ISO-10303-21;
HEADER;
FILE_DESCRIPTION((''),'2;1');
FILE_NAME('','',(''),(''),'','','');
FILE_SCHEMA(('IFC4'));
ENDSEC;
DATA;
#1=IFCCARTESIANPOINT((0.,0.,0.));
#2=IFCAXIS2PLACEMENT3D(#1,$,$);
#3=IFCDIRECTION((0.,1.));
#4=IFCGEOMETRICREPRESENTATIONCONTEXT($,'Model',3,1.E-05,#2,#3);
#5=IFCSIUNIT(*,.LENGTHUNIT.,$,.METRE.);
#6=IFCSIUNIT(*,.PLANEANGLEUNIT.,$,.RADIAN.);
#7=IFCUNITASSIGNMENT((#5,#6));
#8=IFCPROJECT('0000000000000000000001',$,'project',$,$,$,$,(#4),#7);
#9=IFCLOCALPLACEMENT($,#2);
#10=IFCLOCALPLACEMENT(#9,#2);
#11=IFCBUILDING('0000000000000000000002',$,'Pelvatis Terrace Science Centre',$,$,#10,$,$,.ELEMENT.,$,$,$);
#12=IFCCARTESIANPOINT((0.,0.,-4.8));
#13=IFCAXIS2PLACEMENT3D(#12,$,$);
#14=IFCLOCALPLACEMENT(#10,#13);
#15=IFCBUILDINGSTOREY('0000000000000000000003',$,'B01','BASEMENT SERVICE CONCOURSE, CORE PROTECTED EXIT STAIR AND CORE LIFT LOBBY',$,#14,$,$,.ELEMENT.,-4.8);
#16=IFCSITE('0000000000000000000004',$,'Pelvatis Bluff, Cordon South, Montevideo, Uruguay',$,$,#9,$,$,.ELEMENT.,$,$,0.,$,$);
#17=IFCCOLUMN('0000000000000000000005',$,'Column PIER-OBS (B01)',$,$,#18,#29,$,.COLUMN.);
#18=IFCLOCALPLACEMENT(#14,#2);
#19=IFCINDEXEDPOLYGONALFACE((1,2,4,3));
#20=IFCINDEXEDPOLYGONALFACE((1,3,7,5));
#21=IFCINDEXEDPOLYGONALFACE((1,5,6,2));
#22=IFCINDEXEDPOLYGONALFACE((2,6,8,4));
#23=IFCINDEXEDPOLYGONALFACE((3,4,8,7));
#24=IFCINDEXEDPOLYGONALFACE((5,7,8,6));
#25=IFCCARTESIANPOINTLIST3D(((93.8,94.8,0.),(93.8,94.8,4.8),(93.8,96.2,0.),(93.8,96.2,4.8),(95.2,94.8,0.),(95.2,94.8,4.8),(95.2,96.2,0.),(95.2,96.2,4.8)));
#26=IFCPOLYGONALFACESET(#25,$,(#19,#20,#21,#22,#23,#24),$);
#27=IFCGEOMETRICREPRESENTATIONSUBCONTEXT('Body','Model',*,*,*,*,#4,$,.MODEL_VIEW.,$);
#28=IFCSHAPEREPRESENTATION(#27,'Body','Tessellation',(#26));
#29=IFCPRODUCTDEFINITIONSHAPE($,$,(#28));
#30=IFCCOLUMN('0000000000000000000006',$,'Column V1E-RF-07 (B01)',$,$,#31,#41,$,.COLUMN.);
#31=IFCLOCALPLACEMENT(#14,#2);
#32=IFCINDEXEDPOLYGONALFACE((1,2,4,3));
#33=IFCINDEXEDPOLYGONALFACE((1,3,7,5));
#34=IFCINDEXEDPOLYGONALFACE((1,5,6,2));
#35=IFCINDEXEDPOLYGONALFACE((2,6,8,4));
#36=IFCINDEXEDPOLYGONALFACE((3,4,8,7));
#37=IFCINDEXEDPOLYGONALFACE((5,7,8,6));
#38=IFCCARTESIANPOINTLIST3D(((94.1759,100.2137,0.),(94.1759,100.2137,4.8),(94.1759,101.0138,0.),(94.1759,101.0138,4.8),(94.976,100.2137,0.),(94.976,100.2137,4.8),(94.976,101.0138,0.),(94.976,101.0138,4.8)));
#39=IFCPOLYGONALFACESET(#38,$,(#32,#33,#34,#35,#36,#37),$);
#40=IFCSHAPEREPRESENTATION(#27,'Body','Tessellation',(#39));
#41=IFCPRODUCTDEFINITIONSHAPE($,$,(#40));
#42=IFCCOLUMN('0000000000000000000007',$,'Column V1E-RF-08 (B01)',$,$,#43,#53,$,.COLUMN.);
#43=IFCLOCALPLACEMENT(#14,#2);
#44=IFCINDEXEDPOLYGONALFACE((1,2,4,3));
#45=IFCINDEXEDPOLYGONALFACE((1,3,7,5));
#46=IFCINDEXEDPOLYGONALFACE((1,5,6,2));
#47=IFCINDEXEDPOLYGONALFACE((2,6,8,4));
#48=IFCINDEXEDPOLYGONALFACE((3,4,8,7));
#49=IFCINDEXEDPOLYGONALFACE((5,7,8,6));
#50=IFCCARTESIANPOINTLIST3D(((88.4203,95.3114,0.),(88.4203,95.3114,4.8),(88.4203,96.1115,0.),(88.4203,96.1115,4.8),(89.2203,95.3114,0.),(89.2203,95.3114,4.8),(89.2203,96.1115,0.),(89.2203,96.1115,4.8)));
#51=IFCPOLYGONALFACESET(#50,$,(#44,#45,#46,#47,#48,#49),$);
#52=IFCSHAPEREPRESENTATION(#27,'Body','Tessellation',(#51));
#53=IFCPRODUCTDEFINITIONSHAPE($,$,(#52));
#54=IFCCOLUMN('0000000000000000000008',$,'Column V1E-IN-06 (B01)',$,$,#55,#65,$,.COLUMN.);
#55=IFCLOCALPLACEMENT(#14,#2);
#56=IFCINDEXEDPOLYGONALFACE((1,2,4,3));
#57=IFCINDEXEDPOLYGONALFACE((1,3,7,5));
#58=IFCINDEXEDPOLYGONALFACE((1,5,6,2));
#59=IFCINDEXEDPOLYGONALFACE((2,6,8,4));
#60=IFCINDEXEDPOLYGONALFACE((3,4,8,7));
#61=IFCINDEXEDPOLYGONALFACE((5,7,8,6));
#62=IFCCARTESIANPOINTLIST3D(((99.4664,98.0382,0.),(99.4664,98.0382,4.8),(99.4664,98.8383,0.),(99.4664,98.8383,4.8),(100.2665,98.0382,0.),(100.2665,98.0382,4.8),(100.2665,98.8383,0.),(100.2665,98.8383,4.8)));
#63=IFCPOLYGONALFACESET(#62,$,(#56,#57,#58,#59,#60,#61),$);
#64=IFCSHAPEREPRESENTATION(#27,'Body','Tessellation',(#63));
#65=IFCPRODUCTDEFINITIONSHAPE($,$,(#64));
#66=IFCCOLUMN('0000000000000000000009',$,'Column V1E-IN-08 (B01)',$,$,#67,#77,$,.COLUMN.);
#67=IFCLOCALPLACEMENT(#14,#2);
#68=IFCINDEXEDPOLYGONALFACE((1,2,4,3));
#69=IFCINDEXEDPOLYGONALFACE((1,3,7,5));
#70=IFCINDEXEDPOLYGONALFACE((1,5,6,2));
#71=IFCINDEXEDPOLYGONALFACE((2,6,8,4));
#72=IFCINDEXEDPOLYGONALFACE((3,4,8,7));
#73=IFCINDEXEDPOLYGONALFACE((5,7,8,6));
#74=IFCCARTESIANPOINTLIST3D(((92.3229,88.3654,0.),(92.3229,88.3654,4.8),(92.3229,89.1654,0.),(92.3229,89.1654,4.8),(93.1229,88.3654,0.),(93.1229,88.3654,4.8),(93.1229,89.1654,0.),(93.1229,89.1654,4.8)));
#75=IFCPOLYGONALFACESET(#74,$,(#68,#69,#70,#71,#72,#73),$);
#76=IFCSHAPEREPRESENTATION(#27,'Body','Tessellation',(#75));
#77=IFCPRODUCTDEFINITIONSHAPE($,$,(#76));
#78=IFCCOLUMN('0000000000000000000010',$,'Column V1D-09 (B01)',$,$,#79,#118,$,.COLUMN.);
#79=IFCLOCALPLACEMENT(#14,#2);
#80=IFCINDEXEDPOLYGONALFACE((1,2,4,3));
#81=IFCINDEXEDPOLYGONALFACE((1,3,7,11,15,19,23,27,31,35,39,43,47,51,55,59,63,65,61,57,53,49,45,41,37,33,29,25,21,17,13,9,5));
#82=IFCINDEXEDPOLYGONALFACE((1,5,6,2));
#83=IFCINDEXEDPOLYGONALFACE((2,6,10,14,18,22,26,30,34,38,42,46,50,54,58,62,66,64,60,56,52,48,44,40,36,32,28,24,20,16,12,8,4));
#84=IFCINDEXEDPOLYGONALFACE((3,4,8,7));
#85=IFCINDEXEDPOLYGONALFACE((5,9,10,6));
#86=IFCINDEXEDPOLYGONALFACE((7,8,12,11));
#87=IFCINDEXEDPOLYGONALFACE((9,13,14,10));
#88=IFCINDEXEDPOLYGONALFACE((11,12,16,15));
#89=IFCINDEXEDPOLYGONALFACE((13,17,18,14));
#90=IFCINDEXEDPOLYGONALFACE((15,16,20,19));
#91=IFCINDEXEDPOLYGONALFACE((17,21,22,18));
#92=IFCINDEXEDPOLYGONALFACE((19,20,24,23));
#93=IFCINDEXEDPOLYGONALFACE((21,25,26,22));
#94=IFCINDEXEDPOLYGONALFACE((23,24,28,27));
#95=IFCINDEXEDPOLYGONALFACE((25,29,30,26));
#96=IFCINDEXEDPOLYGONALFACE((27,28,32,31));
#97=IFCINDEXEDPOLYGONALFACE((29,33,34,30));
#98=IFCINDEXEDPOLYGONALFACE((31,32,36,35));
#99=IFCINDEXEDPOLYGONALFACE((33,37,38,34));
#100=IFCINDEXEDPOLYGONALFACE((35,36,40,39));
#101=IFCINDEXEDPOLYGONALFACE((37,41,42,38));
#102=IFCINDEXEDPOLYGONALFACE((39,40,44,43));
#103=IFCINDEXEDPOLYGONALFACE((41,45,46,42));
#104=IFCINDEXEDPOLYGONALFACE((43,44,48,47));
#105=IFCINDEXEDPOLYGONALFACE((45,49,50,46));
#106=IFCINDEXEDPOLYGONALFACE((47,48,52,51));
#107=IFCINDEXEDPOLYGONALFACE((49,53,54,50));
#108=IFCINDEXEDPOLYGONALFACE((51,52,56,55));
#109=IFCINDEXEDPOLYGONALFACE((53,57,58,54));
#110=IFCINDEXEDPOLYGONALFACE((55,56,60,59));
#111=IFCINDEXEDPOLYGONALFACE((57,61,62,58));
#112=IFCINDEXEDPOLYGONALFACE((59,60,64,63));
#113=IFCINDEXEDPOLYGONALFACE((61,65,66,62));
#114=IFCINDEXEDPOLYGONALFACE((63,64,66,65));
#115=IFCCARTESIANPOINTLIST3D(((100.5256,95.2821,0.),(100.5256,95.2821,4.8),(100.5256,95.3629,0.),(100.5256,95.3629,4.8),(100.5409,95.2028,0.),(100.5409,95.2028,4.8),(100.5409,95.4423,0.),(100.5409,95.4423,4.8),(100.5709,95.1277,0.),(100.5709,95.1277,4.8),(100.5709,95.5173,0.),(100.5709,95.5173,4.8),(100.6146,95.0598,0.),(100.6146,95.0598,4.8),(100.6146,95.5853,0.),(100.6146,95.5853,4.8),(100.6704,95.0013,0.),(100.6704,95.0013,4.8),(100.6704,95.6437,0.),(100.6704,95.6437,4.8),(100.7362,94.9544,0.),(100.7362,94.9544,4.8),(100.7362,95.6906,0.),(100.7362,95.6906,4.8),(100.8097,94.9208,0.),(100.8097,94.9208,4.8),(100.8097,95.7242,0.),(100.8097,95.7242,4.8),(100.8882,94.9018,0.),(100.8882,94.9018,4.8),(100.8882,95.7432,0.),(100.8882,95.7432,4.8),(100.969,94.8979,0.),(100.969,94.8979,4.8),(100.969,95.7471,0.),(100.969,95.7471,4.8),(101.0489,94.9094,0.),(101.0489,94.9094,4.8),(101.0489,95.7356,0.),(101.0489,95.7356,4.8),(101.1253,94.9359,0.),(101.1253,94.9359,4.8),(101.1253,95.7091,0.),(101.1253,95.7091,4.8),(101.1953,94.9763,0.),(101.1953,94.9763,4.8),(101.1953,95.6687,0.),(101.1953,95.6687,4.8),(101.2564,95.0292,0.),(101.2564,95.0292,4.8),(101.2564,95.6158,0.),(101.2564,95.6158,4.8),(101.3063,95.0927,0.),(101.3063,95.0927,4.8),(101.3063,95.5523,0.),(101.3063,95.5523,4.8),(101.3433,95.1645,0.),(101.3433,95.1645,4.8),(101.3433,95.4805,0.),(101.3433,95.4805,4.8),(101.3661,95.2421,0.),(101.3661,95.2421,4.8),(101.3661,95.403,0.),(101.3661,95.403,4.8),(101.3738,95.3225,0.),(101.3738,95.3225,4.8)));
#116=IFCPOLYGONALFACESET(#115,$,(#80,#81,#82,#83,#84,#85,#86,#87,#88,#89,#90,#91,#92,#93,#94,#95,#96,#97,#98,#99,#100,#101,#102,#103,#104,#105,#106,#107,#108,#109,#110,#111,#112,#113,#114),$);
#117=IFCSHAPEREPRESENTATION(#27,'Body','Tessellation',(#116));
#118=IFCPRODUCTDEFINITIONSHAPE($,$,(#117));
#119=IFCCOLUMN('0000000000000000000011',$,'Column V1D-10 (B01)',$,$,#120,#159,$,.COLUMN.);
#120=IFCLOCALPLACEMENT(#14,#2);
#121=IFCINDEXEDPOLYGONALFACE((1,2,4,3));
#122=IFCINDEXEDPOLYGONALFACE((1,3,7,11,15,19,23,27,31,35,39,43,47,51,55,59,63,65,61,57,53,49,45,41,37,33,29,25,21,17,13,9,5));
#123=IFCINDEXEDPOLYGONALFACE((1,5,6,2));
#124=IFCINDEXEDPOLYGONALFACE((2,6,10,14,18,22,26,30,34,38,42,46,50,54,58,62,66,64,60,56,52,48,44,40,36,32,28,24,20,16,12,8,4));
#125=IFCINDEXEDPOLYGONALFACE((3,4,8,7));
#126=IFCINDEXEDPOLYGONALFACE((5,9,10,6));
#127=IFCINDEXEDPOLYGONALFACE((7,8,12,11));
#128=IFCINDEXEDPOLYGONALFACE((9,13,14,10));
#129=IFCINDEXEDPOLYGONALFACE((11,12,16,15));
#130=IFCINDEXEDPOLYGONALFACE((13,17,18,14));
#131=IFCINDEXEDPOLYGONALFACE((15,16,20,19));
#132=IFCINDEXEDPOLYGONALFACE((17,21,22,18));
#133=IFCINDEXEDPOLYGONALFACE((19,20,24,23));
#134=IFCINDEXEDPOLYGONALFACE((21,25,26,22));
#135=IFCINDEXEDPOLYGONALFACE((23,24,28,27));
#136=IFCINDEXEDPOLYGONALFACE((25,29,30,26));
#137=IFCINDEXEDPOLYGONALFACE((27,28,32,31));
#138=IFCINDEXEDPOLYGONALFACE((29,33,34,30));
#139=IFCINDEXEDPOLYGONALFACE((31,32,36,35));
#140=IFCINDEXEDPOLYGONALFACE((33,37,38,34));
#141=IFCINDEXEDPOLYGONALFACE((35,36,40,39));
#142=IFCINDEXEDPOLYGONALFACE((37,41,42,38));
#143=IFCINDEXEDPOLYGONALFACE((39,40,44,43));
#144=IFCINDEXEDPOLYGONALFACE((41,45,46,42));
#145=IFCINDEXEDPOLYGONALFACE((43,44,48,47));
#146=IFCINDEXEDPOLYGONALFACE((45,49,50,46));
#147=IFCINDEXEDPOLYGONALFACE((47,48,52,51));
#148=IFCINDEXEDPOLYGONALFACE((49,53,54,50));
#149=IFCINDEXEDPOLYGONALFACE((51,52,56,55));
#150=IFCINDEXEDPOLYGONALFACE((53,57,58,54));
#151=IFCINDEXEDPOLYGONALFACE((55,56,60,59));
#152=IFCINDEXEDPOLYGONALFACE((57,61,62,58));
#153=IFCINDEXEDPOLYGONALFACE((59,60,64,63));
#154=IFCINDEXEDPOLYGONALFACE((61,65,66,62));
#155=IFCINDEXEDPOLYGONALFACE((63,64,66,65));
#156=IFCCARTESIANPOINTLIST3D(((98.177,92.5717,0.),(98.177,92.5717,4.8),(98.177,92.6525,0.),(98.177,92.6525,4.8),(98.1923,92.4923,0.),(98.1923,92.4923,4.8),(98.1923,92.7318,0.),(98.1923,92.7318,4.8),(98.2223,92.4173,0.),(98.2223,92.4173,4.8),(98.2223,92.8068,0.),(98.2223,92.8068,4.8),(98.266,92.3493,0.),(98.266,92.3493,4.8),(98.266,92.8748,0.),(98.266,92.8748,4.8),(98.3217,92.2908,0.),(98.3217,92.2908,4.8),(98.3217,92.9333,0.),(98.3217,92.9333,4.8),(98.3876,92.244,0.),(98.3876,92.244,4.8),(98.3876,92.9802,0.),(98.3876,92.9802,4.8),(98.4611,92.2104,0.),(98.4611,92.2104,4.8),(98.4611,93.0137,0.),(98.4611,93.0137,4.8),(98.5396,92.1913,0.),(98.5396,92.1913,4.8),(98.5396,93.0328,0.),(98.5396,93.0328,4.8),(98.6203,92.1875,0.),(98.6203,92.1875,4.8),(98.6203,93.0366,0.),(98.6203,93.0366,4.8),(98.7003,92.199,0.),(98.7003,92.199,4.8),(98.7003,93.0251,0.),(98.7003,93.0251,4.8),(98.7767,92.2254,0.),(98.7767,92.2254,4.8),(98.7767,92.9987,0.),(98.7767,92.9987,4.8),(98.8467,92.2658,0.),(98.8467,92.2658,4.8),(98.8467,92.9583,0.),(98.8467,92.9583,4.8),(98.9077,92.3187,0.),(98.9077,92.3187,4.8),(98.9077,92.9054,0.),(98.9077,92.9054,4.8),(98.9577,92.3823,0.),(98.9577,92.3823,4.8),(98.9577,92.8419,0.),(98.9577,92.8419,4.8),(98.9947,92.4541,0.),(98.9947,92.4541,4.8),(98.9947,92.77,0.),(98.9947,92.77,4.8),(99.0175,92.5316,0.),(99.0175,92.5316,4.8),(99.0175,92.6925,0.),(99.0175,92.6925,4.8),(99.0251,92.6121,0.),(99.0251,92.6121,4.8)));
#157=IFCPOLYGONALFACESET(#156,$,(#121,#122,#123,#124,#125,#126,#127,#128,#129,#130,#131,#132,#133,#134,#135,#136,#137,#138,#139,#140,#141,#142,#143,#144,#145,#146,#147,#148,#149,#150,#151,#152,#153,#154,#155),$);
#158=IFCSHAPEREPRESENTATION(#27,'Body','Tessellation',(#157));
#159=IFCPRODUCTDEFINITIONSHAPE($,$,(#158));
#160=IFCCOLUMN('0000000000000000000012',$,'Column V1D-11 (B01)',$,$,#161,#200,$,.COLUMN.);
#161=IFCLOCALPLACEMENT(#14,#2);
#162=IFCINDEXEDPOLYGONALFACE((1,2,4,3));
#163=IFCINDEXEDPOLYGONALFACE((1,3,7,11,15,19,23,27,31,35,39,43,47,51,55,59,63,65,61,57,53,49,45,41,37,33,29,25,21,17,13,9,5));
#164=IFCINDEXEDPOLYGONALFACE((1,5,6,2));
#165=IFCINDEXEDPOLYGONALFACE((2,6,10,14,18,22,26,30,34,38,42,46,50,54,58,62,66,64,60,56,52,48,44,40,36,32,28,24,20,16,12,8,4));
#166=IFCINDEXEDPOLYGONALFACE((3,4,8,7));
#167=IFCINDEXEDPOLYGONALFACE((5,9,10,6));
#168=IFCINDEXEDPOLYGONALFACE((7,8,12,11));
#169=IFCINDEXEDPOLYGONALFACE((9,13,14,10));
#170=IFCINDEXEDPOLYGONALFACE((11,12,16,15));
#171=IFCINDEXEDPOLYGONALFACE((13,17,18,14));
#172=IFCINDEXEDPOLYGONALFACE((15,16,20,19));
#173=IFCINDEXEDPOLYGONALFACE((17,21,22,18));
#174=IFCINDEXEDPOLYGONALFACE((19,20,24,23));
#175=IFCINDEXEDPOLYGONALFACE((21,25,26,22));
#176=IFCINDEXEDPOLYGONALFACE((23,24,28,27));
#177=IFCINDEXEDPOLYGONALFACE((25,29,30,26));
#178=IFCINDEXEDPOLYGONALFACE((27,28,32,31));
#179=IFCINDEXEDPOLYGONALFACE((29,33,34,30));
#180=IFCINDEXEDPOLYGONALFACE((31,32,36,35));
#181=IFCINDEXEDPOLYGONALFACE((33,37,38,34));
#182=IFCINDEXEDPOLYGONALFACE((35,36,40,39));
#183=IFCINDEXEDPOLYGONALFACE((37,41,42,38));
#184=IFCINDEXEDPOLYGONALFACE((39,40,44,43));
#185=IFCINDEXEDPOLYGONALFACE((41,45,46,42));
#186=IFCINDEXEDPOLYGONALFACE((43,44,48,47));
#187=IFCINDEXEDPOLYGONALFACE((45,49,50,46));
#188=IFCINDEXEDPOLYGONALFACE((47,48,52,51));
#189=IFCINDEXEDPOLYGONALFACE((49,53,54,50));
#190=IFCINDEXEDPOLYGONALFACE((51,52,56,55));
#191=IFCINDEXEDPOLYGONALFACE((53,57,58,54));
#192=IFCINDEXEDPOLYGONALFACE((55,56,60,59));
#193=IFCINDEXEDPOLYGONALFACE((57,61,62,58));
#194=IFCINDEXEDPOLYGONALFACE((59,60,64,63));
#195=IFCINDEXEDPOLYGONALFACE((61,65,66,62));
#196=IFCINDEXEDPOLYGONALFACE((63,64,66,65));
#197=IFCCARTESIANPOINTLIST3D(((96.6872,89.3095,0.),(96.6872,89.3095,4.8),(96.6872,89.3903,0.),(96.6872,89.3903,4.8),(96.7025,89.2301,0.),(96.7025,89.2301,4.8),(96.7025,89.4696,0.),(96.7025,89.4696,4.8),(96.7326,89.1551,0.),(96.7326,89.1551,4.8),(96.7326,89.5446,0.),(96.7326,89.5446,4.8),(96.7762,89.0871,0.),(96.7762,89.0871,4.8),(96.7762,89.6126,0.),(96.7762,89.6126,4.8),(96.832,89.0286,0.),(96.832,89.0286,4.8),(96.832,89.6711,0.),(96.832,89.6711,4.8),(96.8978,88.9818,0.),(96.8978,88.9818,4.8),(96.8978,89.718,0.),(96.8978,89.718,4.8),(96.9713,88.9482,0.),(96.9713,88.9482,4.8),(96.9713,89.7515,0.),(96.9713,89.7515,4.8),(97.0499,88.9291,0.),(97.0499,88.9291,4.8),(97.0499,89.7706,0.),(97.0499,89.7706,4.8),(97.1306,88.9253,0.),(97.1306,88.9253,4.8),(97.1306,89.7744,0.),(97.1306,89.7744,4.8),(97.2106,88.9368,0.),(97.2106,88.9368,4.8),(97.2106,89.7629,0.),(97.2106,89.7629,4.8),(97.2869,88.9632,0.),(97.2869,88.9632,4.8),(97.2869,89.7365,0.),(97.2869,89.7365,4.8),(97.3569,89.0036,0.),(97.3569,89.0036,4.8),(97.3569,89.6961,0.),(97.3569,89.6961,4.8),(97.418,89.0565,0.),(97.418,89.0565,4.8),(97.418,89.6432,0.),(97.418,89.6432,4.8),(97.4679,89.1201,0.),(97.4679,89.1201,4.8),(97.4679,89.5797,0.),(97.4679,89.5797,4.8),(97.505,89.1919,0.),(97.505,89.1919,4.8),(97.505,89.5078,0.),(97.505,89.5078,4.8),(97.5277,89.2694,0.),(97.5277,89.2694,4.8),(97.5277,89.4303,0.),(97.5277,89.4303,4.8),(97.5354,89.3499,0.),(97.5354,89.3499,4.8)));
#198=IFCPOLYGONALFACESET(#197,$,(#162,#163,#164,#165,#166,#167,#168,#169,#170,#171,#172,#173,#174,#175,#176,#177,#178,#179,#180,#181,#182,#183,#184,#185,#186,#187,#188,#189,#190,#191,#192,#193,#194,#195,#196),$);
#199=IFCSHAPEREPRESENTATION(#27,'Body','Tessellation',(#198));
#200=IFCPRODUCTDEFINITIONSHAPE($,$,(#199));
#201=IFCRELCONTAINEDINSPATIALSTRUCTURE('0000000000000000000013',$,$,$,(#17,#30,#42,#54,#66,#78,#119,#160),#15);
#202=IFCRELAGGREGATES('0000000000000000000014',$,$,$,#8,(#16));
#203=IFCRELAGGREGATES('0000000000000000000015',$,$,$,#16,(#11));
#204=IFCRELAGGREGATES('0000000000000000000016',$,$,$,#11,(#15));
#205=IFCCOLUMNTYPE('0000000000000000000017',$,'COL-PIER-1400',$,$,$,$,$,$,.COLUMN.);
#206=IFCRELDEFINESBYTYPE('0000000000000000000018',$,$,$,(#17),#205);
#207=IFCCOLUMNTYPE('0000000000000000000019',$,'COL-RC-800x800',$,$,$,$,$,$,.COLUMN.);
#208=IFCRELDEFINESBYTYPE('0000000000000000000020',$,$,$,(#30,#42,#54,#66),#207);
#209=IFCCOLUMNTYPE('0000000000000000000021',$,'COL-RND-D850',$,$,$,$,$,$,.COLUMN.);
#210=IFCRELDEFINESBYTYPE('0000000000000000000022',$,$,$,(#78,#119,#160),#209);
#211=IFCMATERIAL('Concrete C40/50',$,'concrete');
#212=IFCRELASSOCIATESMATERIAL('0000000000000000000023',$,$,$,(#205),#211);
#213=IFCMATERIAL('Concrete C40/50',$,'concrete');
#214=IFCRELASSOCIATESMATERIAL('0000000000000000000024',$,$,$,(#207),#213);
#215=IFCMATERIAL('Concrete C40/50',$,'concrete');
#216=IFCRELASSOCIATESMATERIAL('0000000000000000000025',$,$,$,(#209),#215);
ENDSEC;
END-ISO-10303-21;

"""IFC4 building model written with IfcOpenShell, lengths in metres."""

from ifc_helpers import new_model, si_unit, direction, frame, origin, origin_2d, place, context, subcontext, project, spatial, rectangle, circle, extrude, material, material_profile, profile_set, type_object, element, save


model = new_model("IFC4")

# Units and contexts
model_context = context("Model", 3, precision=1e-05, world=origin(), true_north=direction((0.0, 1.0)))
body_context = subcontext(model_context, "Body", "Model", "MODEL_VIEW")
ifc_project = project(units=[si_unit("LENGTHUNIT", "METRE"), si_unit("PLANEANGLEUNIT", "RADIAN")], contexts=[model_context])

# Site, building, storey
site_placement = place(None, origin())
site = spatial("IfcSite", under=ifc_project, at=site_placement, Name="Pelvatis Bluff, Cordon South, Montevideo, Uruguay", CompositionType="ELEMENT", RefElevation=0.0)
building_placement = place(site_placement, origin())
building = spatial("IfcBuilding", under=site, at=building_placement, Name="Pelvatis Terrace Science Centre", CompositionType="ELEMENT")
storey_placement = place(building_placement, frame((0.0, 0.0, -4.8)))
storey = spatial("IfcBuildingStorey", under=building, at=storey_placement, Name="B01", Description="BASEMENT SERVICE CONCOURSE, CORE PROTECTED EXIT STAIR AND CORE LIFT LOBBY", CompositionType="ELEMENT", Elevation=-4.8)

# Columns
ifc_material_1 = material(Name="Concrete C40/50", Category="concrete")
ifc_material_profile_1 = material_profile(ifc_material_1, rectangle(XDim=1.3999, YDim=1.3999, at=origin_2d()), Name="RC-COL 1400x1400")
ifc_profile_set_1 = profile_set([ifc_material_profile_1], Name="Concrete C40/50")
column_type_1 = type_object("IfcColumnType", Name="COL-PIER-1400", PredefinedType="COLUMN", material=ifc_profile_set_1)
column_placement = place(storey_placement, frame((94.5, 95.5, 0.0), z_axis=(0.0, 0.0, 1.0), x_axis=(1.0, 0.0, 0.0)))
element("IfcColumn", 1, at=column_placement, inside=storey, type_object=column_type_1, Name="Column PIER-OBS (B01)", PredefinedType="COLUMN", context=body_context, shape_type="SweptSolid", body=[
    extrude(rectangle(XDim=1.3999, YDim=1.3999, at=origin_2d()), origin(), (0.0, 0.0, 1.0), 4.8),
])
ifc_material_2 = material(Name="Concrete C40/50", Category="concrete")
ifc_material_profile_2 = material_profile(ifc_material_2, rectangle(XDim=0.8, YDim=0.8, at=origin_2d()), Name="RC-COL 800x800")
ifc_profile_set_2 = profile_set([ifc_material_profile_2], Name="Concrete C40/50")
column_type_2 = type_object("IfcColumnType", Name="COL-RC-800x800", PredefinedType="COLUMN", material=ifc_profile_set_2)
for number, where, z_axis, x_axis, name in (
    (2, (94.5759, 100.6138, 0.0), (0.0, 0.0, 1.0), (1.0, 0.0, 0.0), "Column V1E-RF-07 (B01)"),
    (3, (88.8203, 95.7114, 0.0), (0.0, 0.0, 1.0), (1.0, 0.0, 0.0), "Column V1E-RF-08 (B01)"),
    (4, (99.8665, 98.4382, 0.0), (0.0, 0.0, 1.0), (1.0, 0.0, 0.0), "Column V1E-IN-06 (B01)"),
    (5, (92.7229, 88.7654, 0.0), (0.0, 0.0, 1.0), (1.0, 0.0, 0.0), "Column V1E-IN-08 (B01)"),
):
    element("IfcColumn", number, at=place(storey_placement, frame(where, z_axis=z_axis, x_axis=x_axis)), inside=storey, type_object=column_type_2, Name=name, PredefinedType="COLUMN", context=body_context, shape_type="SweptSolid", body=[
        extrude(rectangle(XDim=0.8, YDim=0.8, at=origin_2d()), origin(), (0.0, 0.0, 1.0), 4.8),
    ])
ifc_material_3 = material(Name="Concrete C40/50", Category="concrete")
ifc_material_profile_3 = material_profile(ifc_material_3, circle(Radius=0.425, at=origin_2d()), Name="RC-RCOL D850")
ifc_profile_set_3 = profile_set([ifc_material_profile_3], Name="Concrete C40/50")
column_type_3 = type_object("IfcColumnType", Name="COL-RND-D850", PredefinedType="COLUMN", material=ifc_profile_set_3)
for number, where, z_axis, x_axis, name in (
    (6, (100.9487, 95.3225, 0.0), (0.0, 0.0, 1.0), (1.0, 0.0, 0.0), "Column V1D-09 (B01)"),
    (7, (98.6001, 92.6121, 0.0), (0.0, 0.0, 1.0), (1.0, 0.0, 0.0), "Column V1D-10 (B01)"),
    (8, (97.1104, 89.3499, 0.0), (0.0, 0.0, 1.0), (1.0, 0.0, 0.0), "Column V1D-11 (B01)"),
):
    element("IfcColumn", number, at=place(storey_placement, frame(where, z_axis=z_axis, x_axis=x_axis)), inside=storey, type_object=column_type_3, Name=name, PredefinedType="COLUMN", context=body_context, shape_type="SweptSolid", body=[
        extrude(circle(Radius=0.425, at=origin_2d()), origin(), (0.0, 0.0, 1.0), 4.8),
    ])

save(model, "model.ifc")
